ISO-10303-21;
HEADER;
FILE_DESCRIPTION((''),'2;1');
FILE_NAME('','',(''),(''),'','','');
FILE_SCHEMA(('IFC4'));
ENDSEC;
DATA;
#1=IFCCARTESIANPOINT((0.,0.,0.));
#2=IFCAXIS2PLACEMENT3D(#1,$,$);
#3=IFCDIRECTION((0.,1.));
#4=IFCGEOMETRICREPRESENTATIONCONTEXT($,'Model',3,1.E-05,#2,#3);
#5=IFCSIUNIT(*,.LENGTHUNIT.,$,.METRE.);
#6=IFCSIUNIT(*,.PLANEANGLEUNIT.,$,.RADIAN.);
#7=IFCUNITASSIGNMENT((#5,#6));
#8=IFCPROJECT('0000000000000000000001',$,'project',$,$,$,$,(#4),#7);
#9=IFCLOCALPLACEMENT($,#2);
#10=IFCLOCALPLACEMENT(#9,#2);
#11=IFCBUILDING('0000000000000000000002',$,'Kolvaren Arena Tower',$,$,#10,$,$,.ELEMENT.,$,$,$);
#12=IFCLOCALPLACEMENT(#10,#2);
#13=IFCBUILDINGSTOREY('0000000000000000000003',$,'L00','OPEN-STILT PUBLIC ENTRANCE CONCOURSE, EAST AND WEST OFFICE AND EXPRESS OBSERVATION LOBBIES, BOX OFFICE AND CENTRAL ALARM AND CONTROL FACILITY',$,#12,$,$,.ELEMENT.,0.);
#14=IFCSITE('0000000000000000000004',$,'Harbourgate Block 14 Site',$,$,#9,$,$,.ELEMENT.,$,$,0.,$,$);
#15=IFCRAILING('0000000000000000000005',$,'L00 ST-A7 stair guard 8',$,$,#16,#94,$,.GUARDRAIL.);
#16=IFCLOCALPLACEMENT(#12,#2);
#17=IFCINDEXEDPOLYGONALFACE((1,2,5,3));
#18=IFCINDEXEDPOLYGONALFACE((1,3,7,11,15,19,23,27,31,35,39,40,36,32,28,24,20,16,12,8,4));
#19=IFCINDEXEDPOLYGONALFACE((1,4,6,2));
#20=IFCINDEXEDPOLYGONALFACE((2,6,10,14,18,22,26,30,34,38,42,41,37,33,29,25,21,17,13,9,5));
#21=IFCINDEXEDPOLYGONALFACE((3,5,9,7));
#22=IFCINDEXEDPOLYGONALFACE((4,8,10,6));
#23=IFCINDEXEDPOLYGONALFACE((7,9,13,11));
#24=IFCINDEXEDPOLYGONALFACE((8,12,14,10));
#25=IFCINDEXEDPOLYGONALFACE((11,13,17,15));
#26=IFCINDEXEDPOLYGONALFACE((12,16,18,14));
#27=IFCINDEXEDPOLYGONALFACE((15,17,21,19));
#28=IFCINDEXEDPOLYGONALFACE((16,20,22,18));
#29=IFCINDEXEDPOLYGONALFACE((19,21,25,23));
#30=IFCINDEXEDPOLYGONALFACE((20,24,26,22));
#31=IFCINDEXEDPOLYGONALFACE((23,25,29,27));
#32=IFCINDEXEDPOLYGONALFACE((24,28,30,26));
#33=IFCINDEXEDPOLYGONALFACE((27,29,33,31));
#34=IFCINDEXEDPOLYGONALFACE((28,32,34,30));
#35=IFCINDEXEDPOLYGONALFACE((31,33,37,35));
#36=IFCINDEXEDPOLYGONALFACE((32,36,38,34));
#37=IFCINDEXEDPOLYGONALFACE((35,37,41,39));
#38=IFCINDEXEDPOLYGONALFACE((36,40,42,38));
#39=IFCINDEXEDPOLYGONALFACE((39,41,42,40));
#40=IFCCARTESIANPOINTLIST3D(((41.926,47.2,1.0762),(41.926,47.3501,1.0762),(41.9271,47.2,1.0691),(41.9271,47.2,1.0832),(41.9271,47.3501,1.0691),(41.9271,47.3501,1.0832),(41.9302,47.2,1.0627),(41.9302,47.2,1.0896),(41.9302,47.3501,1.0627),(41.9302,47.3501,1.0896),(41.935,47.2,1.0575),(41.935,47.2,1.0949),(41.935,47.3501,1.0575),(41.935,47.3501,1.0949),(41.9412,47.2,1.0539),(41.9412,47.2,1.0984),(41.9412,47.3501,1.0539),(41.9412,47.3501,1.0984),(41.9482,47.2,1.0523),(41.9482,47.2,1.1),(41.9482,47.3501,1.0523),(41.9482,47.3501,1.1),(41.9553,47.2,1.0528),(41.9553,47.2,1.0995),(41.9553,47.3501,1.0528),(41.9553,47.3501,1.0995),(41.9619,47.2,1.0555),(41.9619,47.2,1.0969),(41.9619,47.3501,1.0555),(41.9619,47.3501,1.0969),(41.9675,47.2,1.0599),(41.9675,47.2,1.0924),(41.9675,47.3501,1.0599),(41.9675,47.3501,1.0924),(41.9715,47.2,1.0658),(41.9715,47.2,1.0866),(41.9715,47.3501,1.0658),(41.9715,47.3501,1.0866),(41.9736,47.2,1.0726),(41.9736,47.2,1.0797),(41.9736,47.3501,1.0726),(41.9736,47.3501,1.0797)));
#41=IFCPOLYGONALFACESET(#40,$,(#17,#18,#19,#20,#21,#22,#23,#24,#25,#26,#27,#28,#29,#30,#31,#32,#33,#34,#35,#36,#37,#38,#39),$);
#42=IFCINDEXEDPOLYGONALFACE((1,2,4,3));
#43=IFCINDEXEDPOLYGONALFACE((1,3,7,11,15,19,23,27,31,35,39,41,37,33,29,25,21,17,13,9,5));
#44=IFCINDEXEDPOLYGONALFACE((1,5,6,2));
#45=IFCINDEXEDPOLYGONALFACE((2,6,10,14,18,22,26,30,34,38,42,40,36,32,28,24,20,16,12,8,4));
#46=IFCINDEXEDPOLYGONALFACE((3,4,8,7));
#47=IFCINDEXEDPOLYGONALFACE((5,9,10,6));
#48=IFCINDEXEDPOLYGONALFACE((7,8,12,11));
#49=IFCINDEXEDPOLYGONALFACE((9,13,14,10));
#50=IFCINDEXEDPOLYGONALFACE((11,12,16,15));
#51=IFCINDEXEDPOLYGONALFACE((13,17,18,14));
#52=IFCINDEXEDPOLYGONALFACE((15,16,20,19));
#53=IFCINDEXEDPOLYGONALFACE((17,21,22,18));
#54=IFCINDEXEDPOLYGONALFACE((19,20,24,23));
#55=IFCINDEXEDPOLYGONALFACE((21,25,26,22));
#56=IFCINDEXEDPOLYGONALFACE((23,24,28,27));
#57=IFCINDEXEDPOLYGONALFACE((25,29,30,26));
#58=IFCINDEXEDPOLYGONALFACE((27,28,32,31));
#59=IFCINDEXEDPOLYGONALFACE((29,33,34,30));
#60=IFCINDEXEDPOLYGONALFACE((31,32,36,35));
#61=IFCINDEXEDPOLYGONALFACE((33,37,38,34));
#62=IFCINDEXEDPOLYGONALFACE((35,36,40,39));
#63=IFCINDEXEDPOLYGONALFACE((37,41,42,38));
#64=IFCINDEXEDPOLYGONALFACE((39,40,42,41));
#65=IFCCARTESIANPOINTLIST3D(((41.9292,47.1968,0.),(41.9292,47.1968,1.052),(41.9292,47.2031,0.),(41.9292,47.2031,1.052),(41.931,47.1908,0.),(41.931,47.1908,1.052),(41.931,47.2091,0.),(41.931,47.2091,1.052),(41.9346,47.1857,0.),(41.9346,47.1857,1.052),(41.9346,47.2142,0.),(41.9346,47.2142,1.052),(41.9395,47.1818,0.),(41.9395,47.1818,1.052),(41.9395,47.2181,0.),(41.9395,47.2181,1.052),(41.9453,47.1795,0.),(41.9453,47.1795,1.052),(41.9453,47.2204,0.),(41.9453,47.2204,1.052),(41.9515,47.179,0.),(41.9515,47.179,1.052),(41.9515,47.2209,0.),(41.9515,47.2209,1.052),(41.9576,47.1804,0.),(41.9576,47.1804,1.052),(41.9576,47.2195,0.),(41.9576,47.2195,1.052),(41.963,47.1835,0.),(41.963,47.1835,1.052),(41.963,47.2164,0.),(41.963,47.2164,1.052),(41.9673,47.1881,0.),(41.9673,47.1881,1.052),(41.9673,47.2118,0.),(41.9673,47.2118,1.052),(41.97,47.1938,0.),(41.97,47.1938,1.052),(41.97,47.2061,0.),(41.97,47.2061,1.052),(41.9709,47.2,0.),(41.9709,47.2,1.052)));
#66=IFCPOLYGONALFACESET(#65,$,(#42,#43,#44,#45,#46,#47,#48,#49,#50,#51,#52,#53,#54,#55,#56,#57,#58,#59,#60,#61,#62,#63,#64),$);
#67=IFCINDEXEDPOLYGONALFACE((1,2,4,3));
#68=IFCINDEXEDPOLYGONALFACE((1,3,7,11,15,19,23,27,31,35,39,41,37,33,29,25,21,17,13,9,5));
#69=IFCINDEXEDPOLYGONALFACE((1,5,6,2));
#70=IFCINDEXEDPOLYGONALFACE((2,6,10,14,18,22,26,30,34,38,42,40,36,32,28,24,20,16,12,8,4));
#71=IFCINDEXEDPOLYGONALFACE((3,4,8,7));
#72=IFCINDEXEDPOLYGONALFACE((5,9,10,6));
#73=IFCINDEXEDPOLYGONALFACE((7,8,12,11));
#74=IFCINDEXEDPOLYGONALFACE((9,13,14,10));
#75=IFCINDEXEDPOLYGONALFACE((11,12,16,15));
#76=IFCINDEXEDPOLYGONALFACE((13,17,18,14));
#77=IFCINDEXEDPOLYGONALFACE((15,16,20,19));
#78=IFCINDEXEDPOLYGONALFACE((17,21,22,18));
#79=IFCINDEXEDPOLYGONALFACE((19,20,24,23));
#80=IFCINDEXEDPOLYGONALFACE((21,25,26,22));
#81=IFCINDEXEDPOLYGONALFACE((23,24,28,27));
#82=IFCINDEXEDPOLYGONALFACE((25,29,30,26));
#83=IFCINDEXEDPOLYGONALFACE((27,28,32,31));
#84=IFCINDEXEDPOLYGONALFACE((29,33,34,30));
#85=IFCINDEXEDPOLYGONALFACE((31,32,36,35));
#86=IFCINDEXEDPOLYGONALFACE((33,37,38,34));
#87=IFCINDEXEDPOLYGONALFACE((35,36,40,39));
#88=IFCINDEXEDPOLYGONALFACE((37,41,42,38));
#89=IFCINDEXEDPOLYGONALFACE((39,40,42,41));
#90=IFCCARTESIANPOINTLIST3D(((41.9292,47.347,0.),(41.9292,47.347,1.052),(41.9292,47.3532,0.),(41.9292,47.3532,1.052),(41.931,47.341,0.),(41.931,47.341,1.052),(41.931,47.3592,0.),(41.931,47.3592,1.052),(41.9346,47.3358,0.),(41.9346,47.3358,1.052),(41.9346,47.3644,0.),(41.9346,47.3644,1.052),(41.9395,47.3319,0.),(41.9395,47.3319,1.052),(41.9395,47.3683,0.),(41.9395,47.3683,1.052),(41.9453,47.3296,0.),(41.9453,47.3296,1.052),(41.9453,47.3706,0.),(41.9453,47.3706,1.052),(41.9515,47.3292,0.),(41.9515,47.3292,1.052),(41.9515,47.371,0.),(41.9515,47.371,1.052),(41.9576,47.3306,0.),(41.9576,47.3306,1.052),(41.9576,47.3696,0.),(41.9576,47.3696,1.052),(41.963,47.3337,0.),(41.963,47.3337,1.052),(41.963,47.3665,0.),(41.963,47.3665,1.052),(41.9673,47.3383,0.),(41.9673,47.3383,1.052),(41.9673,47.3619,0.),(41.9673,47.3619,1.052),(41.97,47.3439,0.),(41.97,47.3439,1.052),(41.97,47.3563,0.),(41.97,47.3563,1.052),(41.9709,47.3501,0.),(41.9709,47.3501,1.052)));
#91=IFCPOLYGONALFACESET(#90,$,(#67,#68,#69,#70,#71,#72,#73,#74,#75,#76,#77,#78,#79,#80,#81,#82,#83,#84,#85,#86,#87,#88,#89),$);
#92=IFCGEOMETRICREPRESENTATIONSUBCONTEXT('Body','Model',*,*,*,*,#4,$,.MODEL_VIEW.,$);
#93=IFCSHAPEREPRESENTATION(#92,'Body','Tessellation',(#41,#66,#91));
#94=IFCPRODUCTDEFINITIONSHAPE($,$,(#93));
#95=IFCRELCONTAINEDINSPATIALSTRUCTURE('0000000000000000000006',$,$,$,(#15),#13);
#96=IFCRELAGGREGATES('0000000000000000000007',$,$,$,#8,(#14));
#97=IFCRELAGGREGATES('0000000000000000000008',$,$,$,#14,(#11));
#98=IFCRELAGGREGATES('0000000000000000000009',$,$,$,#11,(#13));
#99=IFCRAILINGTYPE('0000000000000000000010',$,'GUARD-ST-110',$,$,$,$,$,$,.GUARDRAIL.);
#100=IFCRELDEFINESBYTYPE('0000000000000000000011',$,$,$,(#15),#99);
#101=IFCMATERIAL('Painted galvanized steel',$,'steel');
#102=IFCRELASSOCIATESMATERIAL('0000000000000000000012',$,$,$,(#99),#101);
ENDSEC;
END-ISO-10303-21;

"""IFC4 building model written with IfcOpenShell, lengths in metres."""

from ifc_helpers import new_model, si_unit, direction, frame, origin, origin_2d, place, context, subcontext, project, spatial, circle, extrude, material, type_object, element, save


model = new_model("IFC4")

# Units and contexts
model_context = context("Model", 3, precision=1e-05, world=origin(), true_north=direction((0.0, 1.0)))
body_context = subcontext(model_context, "Body", "Model", "MODEL_VIEW")
ifc_project = project(units=[si_unit("LENGTHUNIT", "METRE"), si_unit("PLANEANGLEUNIT", "RADIAN")], contexts=[model_context])

# Site, building, storey
site_placement = place(None, origin())
site = spatial("IfcSite", under=ifc_project, at=site_placement, Name="Harbourgate Block 14 Site", CompositionType="ELEMENT", RefElevation=0.0)
building_placement = place(site_placement, origin())
building = spatial("IfcBuilding", under=site, at=building_placement, Name="Kolvaren Arena Tower", CompositionType="ELEMENT")
storey_placement = place(building_placement, origin())
storey = spatial("IfcBuildingStorey", under=building, at=storey_placement, Name="L00", Description="OPEN-STILT PUBLIC ENTRANCE CONCOURSE, EAST AND WEST OFFICE AND EXPRESS OBSERVATION LOBBIES, BOX OFFICE AND CENTRAL ALARM AND CONTROL FACILITY", CompositionType="ELEMENT", Elevation=0.0)

# Railing
ifc_material_1 = material(Name="Painted galvanized steel", Category="steel")
railing_type_1 = type_object("IfcRailingType", Name="GUARD-ST-110", PredefinedType="GUARDRAIL", material=ifc_material_1)
railing_1_placement = place(storey_placement, frame((41.95, 47.2, 0.0)))
element("IfcRailing", 1, at=railing_1_placement, inside=storey, type_object=railing_type_1, Name="L00 ST-A7 stair guard 8", PredefinedType="GUARDRAIL", context=body_context, shape_type="SweptSolid", body=[
    extrude(circle(Radius=0.0239, at=origin_2d()), frame((0.0, 0.0, 1.0762), z_axis=(0.0, 1.0, 0.0), x_axis=(-1.0, 0.0, 0.0)), (0.0, 0.0, 1.0), 0.1501),
    extrude(circle(Radius=0.021, at=origin_2d()), origin(), (0.0, 0.0, 1.0), 1.052),
    extrude(circle(Radius=0.021, at=origin_2d()), frame((0.0, 0.1501, 0.0)), (0.0, 0.0, 1.0), 1.052),
])

save(model, "model.ifc")
